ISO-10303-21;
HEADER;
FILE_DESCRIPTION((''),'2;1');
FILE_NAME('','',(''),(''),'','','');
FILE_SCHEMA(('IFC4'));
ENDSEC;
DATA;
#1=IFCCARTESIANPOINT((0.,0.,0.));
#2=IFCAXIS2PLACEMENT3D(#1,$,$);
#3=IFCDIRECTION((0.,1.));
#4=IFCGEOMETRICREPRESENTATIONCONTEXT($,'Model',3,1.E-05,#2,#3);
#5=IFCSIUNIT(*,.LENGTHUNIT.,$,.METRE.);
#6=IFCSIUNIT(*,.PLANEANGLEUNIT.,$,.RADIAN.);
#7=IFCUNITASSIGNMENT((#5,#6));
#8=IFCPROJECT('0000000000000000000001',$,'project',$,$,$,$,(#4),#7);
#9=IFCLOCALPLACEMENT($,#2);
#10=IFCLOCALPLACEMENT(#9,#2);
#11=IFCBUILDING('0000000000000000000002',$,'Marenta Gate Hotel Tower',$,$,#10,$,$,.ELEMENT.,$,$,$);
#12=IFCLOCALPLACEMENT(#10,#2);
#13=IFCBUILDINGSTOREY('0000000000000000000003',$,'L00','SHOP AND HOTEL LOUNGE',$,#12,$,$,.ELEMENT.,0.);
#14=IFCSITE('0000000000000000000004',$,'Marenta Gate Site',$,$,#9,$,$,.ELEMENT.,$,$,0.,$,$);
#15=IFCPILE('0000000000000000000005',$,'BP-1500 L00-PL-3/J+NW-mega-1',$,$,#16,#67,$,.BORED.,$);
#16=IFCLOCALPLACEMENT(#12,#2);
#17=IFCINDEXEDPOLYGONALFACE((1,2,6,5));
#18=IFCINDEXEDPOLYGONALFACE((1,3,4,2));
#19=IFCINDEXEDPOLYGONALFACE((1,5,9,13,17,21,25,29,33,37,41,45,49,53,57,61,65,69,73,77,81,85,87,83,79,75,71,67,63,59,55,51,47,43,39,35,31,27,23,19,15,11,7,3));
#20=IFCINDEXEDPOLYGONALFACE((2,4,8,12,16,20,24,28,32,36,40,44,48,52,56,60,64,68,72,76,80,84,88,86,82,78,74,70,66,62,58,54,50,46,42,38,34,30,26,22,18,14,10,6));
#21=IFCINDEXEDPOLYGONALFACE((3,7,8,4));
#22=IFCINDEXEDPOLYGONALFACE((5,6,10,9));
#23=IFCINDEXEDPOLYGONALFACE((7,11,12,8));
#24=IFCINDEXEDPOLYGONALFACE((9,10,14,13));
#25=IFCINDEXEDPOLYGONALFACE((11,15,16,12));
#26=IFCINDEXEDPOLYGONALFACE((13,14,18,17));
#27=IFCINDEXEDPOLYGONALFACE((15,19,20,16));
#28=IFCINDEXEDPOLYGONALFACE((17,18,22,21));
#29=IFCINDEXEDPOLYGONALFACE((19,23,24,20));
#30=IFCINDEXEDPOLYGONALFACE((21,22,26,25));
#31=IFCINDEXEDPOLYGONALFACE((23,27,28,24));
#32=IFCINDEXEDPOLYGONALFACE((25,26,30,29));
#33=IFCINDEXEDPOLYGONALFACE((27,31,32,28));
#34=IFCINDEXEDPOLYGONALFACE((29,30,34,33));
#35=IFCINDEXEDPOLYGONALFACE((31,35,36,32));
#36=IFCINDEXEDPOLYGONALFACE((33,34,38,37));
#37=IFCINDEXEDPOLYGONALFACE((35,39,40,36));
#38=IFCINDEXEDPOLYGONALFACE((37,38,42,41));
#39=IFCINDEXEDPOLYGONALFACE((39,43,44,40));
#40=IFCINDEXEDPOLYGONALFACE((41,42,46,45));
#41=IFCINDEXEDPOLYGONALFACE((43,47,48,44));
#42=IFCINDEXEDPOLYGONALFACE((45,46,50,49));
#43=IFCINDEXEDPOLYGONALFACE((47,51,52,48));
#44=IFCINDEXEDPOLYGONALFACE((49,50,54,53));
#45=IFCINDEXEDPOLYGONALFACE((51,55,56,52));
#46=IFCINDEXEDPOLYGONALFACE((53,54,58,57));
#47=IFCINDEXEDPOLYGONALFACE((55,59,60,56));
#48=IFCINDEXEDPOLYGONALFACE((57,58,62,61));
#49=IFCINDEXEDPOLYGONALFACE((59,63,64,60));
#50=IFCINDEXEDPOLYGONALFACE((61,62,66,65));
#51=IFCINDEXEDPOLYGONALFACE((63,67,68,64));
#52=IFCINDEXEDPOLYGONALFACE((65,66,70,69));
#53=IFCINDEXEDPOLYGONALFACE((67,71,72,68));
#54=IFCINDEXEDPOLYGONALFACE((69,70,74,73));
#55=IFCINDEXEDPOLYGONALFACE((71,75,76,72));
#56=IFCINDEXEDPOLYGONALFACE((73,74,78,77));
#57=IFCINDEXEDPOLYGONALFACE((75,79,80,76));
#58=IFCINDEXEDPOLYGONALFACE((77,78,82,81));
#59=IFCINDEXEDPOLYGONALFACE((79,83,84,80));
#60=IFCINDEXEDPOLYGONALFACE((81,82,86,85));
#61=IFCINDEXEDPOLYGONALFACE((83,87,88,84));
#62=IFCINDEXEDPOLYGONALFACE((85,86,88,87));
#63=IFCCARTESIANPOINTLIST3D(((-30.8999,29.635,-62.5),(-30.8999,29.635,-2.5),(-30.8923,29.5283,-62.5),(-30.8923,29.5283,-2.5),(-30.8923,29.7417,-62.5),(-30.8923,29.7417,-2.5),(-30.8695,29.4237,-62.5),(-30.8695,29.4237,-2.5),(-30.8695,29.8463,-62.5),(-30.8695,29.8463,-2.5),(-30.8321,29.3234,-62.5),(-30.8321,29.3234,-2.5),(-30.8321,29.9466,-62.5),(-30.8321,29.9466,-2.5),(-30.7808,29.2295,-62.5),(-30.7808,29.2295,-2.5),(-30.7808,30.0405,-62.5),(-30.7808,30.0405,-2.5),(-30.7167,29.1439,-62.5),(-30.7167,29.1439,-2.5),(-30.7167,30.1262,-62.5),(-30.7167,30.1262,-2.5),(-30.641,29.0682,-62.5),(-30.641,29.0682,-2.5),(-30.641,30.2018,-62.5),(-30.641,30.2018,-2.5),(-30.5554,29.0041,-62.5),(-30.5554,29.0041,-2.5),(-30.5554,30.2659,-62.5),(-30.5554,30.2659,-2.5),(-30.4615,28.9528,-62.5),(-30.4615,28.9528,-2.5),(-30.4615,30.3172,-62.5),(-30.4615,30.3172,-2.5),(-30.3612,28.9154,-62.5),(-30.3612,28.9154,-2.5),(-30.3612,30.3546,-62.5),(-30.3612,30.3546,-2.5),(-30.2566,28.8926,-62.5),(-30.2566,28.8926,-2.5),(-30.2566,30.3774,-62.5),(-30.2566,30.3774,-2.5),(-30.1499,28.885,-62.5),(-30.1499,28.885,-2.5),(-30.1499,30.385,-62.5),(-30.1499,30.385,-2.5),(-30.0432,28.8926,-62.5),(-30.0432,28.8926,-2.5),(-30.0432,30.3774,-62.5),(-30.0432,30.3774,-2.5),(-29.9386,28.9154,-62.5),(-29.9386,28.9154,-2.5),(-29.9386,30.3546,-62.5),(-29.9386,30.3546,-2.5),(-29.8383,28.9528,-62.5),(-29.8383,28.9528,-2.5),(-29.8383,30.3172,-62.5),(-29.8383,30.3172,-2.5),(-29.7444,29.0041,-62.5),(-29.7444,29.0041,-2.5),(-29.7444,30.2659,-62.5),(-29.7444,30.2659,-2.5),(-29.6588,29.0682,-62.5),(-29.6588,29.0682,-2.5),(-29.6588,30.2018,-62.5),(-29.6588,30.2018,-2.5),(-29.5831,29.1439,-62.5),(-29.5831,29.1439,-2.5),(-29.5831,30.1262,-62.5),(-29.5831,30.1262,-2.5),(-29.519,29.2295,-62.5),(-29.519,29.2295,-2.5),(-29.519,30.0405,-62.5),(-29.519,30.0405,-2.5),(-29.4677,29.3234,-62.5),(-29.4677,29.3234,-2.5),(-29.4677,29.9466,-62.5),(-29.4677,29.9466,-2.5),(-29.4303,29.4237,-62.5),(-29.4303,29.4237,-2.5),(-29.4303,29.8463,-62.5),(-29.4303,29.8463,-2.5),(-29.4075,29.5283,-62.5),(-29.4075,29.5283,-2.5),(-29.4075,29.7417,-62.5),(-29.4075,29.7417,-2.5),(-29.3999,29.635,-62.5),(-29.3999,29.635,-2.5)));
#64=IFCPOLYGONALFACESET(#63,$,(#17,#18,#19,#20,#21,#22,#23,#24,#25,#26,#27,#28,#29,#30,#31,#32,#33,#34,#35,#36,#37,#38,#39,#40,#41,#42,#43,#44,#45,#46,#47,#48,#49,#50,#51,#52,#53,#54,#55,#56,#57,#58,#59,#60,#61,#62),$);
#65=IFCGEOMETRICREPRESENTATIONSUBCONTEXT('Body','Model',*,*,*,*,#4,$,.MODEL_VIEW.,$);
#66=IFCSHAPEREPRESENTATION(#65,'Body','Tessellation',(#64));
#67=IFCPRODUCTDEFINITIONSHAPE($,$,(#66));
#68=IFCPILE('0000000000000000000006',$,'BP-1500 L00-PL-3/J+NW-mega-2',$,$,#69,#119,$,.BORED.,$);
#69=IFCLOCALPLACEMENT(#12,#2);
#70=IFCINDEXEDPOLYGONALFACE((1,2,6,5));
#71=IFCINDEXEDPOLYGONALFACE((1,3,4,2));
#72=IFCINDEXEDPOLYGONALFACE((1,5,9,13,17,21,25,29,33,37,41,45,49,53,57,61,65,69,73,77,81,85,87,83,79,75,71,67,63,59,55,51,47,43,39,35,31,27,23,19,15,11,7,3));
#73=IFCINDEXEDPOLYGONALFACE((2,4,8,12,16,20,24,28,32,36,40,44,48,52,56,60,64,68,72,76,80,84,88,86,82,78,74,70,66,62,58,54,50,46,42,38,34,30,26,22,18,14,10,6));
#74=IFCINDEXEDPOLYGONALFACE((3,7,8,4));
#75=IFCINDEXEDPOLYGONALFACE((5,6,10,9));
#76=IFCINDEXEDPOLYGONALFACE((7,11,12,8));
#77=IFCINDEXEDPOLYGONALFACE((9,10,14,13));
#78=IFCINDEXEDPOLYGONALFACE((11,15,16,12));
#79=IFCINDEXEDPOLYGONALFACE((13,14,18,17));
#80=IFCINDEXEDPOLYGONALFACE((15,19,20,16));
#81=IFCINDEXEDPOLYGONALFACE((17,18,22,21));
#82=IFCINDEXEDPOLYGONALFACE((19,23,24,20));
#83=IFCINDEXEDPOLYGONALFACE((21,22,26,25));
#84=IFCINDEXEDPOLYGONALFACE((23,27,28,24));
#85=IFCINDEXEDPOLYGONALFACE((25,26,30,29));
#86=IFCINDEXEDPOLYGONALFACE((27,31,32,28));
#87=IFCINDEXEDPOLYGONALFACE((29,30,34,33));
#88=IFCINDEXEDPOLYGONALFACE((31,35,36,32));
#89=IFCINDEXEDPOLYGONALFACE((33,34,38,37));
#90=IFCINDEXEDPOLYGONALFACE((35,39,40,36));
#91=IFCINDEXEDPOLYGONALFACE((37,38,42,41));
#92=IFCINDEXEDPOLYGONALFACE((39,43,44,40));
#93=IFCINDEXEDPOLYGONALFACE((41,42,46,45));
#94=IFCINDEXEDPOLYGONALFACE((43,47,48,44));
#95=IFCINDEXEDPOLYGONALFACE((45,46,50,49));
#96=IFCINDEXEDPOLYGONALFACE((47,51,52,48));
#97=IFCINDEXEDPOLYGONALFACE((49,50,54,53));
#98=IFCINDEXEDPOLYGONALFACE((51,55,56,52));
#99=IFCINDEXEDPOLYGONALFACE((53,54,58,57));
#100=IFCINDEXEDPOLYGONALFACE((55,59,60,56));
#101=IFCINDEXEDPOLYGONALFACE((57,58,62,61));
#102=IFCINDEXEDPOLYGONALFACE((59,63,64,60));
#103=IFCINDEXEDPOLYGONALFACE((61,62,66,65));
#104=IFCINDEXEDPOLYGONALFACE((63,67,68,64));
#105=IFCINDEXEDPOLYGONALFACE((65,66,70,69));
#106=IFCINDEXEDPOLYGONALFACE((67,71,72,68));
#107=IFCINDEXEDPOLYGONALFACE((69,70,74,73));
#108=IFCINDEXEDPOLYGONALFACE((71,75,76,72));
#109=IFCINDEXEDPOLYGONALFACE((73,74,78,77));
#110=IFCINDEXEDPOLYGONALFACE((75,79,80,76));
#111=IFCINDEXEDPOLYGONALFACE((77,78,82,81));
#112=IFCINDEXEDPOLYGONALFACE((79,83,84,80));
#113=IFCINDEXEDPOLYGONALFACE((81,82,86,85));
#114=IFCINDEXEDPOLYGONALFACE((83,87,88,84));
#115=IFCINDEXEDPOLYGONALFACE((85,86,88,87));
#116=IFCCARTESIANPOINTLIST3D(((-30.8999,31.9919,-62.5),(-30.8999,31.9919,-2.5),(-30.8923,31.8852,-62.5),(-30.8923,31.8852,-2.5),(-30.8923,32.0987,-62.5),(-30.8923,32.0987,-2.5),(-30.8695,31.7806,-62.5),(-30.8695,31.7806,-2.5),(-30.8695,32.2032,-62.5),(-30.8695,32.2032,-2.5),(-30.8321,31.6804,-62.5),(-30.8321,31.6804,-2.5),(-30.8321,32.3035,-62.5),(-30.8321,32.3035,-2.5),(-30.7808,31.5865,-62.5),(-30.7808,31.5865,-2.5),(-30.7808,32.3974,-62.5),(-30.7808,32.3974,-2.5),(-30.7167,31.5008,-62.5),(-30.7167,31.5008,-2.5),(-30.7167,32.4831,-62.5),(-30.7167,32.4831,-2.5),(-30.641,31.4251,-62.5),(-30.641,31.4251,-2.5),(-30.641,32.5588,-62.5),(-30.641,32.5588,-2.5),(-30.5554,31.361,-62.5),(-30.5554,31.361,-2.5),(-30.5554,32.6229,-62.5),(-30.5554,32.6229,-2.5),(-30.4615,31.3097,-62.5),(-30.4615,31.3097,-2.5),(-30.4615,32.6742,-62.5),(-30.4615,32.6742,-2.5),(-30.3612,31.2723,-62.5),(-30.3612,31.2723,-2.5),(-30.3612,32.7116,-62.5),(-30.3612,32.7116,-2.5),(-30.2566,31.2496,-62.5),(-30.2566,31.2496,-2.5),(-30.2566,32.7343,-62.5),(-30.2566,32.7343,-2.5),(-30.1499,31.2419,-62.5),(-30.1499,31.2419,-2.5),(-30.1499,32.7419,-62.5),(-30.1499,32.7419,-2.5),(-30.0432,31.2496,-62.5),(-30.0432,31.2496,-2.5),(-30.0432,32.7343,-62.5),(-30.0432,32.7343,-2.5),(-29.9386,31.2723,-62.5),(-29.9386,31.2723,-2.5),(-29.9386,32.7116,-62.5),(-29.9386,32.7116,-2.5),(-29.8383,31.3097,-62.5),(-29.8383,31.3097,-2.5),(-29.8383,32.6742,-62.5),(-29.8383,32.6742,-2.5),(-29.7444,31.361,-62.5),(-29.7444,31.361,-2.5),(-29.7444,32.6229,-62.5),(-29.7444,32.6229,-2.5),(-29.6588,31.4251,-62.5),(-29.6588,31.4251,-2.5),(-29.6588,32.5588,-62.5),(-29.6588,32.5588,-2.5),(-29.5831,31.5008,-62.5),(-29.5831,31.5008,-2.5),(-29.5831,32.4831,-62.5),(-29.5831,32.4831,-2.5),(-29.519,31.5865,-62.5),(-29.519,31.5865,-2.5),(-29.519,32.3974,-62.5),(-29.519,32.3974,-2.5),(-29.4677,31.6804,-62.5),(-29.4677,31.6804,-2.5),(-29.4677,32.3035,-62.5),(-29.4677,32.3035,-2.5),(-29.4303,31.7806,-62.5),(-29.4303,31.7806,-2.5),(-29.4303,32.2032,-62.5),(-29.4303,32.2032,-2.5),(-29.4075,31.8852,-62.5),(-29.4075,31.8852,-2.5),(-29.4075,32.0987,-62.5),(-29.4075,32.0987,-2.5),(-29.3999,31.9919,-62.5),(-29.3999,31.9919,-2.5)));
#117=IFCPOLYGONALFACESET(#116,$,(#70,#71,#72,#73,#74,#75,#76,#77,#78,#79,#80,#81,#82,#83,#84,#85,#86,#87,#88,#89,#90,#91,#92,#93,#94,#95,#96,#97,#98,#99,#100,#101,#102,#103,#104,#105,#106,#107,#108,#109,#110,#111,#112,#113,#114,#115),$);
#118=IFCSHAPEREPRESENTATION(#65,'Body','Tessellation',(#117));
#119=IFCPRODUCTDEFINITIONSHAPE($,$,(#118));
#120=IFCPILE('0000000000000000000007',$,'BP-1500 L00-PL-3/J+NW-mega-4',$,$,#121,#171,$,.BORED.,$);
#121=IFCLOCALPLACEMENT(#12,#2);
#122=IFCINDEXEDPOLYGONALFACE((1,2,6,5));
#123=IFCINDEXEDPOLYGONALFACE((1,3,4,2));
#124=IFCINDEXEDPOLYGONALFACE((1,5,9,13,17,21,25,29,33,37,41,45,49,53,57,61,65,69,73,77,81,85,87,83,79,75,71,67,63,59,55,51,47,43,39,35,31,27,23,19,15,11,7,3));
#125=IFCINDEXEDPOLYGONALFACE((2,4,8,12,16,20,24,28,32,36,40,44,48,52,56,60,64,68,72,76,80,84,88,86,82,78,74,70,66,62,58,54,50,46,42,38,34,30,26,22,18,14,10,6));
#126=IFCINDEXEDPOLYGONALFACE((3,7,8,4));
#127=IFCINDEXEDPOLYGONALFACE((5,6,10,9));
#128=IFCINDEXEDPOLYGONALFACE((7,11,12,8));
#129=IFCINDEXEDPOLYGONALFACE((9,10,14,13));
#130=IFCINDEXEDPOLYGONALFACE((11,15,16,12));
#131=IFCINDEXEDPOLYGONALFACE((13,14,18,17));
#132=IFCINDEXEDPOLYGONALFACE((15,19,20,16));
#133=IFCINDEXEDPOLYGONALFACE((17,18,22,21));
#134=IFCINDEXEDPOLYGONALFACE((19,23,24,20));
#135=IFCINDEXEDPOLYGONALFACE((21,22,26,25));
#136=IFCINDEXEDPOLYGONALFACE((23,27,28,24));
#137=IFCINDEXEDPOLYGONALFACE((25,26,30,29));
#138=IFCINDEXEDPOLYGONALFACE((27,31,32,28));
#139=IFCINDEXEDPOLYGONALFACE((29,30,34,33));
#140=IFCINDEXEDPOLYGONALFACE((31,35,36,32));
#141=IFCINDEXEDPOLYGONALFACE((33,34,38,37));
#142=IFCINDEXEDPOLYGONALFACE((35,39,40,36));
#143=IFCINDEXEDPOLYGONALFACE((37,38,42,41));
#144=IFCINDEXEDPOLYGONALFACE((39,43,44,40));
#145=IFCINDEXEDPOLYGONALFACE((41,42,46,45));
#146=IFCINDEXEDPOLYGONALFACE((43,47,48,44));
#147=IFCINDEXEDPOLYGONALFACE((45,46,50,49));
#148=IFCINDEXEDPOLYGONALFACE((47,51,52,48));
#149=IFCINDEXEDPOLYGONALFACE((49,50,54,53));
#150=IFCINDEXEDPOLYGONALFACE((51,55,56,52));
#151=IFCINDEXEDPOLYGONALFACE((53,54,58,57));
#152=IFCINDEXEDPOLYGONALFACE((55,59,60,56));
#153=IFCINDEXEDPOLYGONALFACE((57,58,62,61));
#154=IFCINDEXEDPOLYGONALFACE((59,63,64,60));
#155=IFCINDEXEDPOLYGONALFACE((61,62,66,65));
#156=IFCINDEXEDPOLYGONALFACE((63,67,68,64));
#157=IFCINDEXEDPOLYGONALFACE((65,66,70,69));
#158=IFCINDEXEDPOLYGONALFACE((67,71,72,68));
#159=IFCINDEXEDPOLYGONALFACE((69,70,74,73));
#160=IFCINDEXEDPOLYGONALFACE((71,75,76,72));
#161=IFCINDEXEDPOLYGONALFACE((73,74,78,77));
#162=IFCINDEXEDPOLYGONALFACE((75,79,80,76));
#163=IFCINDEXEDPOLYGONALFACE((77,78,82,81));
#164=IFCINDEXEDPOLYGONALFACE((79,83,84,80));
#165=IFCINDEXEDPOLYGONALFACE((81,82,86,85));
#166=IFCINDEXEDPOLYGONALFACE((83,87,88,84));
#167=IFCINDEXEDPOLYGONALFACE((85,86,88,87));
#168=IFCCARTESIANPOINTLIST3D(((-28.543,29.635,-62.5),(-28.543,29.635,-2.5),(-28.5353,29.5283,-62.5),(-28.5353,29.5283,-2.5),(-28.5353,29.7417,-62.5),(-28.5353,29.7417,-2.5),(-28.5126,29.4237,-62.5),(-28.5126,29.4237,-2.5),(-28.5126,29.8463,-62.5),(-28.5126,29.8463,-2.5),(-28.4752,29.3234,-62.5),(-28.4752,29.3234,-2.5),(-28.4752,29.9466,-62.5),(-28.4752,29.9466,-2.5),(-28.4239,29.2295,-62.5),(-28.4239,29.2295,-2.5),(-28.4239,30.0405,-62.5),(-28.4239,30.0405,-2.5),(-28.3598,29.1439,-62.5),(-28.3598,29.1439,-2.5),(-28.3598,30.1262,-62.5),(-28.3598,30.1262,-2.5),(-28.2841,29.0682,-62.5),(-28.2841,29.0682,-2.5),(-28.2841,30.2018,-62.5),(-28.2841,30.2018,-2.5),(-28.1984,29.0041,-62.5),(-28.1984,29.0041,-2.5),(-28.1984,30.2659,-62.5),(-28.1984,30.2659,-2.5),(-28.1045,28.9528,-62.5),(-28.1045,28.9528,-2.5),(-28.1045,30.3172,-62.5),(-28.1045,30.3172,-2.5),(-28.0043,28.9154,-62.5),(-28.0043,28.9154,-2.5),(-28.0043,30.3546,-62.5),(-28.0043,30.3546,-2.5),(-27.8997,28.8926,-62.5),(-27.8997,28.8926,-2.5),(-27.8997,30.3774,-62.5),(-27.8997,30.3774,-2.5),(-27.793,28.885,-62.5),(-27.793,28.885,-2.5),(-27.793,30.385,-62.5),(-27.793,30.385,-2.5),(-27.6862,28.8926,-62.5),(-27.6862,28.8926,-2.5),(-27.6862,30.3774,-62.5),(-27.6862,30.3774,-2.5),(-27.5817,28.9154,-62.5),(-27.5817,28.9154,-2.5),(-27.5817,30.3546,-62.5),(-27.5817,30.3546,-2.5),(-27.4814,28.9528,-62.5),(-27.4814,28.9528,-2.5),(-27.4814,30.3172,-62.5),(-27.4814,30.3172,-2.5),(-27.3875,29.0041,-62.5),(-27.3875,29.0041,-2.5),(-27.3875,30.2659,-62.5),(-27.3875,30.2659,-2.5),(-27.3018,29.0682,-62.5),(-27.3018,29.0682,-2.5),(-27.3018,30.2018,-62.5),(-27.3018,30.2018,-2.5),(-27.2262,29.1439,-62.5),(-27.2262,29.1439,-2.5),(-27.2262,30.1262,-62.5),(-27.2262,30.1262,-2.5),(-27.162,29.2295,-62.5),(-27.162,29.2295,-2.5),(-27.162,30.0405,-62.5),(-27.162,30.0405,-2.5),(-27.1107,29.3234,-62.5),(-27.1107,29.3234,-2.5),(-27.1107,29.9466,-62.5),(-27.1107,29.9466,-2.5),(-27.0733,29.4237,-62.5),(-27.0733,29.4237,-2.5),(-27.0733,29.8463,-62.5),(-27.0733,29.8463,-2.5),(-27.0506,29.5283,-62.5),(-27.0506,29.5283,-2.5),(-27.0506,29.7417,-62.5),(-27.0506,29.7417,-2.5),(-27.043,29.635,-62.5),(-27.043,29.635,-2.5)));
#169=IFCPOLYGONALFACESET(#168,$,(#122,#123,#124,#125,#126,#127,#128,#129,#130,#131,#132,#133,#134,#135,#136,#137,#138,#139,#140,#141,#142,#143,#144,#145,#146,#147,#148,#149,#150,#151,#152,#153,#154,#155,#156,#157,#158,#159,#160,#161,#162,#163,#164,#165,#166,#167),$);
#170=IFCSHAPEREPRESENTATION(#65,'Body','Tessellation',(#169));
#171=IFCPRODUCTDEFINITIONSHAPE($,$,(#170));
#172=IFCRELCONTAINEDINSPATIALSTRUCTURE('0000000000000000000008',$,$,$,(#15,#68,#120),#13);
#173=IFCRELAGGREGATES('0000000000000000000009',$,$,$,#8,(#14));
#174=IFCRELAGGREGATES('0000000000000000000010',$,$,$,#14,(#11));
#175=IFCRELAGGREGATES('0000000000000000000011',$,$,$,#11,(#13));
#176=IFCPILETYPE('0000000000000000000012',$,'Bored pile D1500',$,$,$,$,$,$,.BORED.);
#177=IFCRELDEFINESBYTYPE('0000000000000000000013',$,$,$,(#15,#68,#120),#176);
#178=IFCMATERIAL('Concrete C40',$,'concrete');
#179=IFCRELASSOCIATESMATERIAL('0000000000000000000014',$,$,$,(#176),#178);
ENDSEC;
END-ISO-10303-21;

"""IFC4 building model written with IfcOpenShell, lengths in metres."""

from ifc_helpers import new_model, si_unit, direction, frame, origin, origin_2d, place, context, subcontext, project, spatial, circle, extrude, material, type_object, element, save


model = new_model("IFC4")

# Units and contexts
model_context = context("Model", 3, precision=1e-05, world=origin(), true_north=direction((0.0, 1.0)))
body_context = subcontext(model_context, "Body", "Model", "MODEL_VIEW")
ifc_project = project(units=[si_unit("LENGTHUNIT", "METRE"), si_unit("PLANEANGLEUNIT", "RADIAN")], contexts=[model_context])

# Site, building, storey
site_placement = place(None, origin())
site = spatial("IfcSite", under=ifc_project, at=site_placement, Name="Marenta Gate Site", CompositionType="ELEMENT", RefElevation=0.0)
building_placement = place(site_placement, origin())
building = spatial("IfcBuilding", under=site, at=building_placement, Name="Marenta Gate Hotel Tower", CompositionType="ELEMENT")
storey_placement = place(building_placement, origin())
storey = spatial("IfcBuildingStorey", under=building, at=storey_placement, Name="L00", Description="SHOP AND HOTEL LOUNGE", CompositionType="ELEMENT", Elevation=0.0)

# Piles
ifc_material_1 = material(Name="Concrete C40", Category="concrete")
pile_type = type_object("IfcPileType", Name="Bored pile D1500", PredefinedType="BORED", material=ifc_material_1)
for number, where, z_axis, x_axis, name in (
    (1, (-30.1499, 29.635, -2.5), (0.0, 0.0, -1.0), (1.0, 0.0, 0.0), "BP-1500 L00-PL-3/J+NW-mega-1"),
    (2, (-30.1499, 31.9919, -2.5), (0.0, 0.0, -1.0), (1.0, 0.0, 0.0), "BP-1500 L00-PL-3/J+NW-mega-2"),
    (3, (-27.793, 29.635, -2.5), (0.0, 0.0, -1.0), (1.0, 0.0, 0.0), "BP-1500 L00-PL-3/J+NW-mega-4"),
):
    element("IfcPile", number, at=place(storey_placement, frame(where, z_axis=z_axis, x_axis=x_axis)), inside=storey, type_object=pile_type, Name=name, PredefinedType="BORED", context=body_context, shape_type="SweptSolid", body=[
        extrude(circle(Radius=0.75, at=origin_2d()), origin(), (0.0, 0.0, 1.0), 60.0),
    ])

save(model, "model.ifc")
